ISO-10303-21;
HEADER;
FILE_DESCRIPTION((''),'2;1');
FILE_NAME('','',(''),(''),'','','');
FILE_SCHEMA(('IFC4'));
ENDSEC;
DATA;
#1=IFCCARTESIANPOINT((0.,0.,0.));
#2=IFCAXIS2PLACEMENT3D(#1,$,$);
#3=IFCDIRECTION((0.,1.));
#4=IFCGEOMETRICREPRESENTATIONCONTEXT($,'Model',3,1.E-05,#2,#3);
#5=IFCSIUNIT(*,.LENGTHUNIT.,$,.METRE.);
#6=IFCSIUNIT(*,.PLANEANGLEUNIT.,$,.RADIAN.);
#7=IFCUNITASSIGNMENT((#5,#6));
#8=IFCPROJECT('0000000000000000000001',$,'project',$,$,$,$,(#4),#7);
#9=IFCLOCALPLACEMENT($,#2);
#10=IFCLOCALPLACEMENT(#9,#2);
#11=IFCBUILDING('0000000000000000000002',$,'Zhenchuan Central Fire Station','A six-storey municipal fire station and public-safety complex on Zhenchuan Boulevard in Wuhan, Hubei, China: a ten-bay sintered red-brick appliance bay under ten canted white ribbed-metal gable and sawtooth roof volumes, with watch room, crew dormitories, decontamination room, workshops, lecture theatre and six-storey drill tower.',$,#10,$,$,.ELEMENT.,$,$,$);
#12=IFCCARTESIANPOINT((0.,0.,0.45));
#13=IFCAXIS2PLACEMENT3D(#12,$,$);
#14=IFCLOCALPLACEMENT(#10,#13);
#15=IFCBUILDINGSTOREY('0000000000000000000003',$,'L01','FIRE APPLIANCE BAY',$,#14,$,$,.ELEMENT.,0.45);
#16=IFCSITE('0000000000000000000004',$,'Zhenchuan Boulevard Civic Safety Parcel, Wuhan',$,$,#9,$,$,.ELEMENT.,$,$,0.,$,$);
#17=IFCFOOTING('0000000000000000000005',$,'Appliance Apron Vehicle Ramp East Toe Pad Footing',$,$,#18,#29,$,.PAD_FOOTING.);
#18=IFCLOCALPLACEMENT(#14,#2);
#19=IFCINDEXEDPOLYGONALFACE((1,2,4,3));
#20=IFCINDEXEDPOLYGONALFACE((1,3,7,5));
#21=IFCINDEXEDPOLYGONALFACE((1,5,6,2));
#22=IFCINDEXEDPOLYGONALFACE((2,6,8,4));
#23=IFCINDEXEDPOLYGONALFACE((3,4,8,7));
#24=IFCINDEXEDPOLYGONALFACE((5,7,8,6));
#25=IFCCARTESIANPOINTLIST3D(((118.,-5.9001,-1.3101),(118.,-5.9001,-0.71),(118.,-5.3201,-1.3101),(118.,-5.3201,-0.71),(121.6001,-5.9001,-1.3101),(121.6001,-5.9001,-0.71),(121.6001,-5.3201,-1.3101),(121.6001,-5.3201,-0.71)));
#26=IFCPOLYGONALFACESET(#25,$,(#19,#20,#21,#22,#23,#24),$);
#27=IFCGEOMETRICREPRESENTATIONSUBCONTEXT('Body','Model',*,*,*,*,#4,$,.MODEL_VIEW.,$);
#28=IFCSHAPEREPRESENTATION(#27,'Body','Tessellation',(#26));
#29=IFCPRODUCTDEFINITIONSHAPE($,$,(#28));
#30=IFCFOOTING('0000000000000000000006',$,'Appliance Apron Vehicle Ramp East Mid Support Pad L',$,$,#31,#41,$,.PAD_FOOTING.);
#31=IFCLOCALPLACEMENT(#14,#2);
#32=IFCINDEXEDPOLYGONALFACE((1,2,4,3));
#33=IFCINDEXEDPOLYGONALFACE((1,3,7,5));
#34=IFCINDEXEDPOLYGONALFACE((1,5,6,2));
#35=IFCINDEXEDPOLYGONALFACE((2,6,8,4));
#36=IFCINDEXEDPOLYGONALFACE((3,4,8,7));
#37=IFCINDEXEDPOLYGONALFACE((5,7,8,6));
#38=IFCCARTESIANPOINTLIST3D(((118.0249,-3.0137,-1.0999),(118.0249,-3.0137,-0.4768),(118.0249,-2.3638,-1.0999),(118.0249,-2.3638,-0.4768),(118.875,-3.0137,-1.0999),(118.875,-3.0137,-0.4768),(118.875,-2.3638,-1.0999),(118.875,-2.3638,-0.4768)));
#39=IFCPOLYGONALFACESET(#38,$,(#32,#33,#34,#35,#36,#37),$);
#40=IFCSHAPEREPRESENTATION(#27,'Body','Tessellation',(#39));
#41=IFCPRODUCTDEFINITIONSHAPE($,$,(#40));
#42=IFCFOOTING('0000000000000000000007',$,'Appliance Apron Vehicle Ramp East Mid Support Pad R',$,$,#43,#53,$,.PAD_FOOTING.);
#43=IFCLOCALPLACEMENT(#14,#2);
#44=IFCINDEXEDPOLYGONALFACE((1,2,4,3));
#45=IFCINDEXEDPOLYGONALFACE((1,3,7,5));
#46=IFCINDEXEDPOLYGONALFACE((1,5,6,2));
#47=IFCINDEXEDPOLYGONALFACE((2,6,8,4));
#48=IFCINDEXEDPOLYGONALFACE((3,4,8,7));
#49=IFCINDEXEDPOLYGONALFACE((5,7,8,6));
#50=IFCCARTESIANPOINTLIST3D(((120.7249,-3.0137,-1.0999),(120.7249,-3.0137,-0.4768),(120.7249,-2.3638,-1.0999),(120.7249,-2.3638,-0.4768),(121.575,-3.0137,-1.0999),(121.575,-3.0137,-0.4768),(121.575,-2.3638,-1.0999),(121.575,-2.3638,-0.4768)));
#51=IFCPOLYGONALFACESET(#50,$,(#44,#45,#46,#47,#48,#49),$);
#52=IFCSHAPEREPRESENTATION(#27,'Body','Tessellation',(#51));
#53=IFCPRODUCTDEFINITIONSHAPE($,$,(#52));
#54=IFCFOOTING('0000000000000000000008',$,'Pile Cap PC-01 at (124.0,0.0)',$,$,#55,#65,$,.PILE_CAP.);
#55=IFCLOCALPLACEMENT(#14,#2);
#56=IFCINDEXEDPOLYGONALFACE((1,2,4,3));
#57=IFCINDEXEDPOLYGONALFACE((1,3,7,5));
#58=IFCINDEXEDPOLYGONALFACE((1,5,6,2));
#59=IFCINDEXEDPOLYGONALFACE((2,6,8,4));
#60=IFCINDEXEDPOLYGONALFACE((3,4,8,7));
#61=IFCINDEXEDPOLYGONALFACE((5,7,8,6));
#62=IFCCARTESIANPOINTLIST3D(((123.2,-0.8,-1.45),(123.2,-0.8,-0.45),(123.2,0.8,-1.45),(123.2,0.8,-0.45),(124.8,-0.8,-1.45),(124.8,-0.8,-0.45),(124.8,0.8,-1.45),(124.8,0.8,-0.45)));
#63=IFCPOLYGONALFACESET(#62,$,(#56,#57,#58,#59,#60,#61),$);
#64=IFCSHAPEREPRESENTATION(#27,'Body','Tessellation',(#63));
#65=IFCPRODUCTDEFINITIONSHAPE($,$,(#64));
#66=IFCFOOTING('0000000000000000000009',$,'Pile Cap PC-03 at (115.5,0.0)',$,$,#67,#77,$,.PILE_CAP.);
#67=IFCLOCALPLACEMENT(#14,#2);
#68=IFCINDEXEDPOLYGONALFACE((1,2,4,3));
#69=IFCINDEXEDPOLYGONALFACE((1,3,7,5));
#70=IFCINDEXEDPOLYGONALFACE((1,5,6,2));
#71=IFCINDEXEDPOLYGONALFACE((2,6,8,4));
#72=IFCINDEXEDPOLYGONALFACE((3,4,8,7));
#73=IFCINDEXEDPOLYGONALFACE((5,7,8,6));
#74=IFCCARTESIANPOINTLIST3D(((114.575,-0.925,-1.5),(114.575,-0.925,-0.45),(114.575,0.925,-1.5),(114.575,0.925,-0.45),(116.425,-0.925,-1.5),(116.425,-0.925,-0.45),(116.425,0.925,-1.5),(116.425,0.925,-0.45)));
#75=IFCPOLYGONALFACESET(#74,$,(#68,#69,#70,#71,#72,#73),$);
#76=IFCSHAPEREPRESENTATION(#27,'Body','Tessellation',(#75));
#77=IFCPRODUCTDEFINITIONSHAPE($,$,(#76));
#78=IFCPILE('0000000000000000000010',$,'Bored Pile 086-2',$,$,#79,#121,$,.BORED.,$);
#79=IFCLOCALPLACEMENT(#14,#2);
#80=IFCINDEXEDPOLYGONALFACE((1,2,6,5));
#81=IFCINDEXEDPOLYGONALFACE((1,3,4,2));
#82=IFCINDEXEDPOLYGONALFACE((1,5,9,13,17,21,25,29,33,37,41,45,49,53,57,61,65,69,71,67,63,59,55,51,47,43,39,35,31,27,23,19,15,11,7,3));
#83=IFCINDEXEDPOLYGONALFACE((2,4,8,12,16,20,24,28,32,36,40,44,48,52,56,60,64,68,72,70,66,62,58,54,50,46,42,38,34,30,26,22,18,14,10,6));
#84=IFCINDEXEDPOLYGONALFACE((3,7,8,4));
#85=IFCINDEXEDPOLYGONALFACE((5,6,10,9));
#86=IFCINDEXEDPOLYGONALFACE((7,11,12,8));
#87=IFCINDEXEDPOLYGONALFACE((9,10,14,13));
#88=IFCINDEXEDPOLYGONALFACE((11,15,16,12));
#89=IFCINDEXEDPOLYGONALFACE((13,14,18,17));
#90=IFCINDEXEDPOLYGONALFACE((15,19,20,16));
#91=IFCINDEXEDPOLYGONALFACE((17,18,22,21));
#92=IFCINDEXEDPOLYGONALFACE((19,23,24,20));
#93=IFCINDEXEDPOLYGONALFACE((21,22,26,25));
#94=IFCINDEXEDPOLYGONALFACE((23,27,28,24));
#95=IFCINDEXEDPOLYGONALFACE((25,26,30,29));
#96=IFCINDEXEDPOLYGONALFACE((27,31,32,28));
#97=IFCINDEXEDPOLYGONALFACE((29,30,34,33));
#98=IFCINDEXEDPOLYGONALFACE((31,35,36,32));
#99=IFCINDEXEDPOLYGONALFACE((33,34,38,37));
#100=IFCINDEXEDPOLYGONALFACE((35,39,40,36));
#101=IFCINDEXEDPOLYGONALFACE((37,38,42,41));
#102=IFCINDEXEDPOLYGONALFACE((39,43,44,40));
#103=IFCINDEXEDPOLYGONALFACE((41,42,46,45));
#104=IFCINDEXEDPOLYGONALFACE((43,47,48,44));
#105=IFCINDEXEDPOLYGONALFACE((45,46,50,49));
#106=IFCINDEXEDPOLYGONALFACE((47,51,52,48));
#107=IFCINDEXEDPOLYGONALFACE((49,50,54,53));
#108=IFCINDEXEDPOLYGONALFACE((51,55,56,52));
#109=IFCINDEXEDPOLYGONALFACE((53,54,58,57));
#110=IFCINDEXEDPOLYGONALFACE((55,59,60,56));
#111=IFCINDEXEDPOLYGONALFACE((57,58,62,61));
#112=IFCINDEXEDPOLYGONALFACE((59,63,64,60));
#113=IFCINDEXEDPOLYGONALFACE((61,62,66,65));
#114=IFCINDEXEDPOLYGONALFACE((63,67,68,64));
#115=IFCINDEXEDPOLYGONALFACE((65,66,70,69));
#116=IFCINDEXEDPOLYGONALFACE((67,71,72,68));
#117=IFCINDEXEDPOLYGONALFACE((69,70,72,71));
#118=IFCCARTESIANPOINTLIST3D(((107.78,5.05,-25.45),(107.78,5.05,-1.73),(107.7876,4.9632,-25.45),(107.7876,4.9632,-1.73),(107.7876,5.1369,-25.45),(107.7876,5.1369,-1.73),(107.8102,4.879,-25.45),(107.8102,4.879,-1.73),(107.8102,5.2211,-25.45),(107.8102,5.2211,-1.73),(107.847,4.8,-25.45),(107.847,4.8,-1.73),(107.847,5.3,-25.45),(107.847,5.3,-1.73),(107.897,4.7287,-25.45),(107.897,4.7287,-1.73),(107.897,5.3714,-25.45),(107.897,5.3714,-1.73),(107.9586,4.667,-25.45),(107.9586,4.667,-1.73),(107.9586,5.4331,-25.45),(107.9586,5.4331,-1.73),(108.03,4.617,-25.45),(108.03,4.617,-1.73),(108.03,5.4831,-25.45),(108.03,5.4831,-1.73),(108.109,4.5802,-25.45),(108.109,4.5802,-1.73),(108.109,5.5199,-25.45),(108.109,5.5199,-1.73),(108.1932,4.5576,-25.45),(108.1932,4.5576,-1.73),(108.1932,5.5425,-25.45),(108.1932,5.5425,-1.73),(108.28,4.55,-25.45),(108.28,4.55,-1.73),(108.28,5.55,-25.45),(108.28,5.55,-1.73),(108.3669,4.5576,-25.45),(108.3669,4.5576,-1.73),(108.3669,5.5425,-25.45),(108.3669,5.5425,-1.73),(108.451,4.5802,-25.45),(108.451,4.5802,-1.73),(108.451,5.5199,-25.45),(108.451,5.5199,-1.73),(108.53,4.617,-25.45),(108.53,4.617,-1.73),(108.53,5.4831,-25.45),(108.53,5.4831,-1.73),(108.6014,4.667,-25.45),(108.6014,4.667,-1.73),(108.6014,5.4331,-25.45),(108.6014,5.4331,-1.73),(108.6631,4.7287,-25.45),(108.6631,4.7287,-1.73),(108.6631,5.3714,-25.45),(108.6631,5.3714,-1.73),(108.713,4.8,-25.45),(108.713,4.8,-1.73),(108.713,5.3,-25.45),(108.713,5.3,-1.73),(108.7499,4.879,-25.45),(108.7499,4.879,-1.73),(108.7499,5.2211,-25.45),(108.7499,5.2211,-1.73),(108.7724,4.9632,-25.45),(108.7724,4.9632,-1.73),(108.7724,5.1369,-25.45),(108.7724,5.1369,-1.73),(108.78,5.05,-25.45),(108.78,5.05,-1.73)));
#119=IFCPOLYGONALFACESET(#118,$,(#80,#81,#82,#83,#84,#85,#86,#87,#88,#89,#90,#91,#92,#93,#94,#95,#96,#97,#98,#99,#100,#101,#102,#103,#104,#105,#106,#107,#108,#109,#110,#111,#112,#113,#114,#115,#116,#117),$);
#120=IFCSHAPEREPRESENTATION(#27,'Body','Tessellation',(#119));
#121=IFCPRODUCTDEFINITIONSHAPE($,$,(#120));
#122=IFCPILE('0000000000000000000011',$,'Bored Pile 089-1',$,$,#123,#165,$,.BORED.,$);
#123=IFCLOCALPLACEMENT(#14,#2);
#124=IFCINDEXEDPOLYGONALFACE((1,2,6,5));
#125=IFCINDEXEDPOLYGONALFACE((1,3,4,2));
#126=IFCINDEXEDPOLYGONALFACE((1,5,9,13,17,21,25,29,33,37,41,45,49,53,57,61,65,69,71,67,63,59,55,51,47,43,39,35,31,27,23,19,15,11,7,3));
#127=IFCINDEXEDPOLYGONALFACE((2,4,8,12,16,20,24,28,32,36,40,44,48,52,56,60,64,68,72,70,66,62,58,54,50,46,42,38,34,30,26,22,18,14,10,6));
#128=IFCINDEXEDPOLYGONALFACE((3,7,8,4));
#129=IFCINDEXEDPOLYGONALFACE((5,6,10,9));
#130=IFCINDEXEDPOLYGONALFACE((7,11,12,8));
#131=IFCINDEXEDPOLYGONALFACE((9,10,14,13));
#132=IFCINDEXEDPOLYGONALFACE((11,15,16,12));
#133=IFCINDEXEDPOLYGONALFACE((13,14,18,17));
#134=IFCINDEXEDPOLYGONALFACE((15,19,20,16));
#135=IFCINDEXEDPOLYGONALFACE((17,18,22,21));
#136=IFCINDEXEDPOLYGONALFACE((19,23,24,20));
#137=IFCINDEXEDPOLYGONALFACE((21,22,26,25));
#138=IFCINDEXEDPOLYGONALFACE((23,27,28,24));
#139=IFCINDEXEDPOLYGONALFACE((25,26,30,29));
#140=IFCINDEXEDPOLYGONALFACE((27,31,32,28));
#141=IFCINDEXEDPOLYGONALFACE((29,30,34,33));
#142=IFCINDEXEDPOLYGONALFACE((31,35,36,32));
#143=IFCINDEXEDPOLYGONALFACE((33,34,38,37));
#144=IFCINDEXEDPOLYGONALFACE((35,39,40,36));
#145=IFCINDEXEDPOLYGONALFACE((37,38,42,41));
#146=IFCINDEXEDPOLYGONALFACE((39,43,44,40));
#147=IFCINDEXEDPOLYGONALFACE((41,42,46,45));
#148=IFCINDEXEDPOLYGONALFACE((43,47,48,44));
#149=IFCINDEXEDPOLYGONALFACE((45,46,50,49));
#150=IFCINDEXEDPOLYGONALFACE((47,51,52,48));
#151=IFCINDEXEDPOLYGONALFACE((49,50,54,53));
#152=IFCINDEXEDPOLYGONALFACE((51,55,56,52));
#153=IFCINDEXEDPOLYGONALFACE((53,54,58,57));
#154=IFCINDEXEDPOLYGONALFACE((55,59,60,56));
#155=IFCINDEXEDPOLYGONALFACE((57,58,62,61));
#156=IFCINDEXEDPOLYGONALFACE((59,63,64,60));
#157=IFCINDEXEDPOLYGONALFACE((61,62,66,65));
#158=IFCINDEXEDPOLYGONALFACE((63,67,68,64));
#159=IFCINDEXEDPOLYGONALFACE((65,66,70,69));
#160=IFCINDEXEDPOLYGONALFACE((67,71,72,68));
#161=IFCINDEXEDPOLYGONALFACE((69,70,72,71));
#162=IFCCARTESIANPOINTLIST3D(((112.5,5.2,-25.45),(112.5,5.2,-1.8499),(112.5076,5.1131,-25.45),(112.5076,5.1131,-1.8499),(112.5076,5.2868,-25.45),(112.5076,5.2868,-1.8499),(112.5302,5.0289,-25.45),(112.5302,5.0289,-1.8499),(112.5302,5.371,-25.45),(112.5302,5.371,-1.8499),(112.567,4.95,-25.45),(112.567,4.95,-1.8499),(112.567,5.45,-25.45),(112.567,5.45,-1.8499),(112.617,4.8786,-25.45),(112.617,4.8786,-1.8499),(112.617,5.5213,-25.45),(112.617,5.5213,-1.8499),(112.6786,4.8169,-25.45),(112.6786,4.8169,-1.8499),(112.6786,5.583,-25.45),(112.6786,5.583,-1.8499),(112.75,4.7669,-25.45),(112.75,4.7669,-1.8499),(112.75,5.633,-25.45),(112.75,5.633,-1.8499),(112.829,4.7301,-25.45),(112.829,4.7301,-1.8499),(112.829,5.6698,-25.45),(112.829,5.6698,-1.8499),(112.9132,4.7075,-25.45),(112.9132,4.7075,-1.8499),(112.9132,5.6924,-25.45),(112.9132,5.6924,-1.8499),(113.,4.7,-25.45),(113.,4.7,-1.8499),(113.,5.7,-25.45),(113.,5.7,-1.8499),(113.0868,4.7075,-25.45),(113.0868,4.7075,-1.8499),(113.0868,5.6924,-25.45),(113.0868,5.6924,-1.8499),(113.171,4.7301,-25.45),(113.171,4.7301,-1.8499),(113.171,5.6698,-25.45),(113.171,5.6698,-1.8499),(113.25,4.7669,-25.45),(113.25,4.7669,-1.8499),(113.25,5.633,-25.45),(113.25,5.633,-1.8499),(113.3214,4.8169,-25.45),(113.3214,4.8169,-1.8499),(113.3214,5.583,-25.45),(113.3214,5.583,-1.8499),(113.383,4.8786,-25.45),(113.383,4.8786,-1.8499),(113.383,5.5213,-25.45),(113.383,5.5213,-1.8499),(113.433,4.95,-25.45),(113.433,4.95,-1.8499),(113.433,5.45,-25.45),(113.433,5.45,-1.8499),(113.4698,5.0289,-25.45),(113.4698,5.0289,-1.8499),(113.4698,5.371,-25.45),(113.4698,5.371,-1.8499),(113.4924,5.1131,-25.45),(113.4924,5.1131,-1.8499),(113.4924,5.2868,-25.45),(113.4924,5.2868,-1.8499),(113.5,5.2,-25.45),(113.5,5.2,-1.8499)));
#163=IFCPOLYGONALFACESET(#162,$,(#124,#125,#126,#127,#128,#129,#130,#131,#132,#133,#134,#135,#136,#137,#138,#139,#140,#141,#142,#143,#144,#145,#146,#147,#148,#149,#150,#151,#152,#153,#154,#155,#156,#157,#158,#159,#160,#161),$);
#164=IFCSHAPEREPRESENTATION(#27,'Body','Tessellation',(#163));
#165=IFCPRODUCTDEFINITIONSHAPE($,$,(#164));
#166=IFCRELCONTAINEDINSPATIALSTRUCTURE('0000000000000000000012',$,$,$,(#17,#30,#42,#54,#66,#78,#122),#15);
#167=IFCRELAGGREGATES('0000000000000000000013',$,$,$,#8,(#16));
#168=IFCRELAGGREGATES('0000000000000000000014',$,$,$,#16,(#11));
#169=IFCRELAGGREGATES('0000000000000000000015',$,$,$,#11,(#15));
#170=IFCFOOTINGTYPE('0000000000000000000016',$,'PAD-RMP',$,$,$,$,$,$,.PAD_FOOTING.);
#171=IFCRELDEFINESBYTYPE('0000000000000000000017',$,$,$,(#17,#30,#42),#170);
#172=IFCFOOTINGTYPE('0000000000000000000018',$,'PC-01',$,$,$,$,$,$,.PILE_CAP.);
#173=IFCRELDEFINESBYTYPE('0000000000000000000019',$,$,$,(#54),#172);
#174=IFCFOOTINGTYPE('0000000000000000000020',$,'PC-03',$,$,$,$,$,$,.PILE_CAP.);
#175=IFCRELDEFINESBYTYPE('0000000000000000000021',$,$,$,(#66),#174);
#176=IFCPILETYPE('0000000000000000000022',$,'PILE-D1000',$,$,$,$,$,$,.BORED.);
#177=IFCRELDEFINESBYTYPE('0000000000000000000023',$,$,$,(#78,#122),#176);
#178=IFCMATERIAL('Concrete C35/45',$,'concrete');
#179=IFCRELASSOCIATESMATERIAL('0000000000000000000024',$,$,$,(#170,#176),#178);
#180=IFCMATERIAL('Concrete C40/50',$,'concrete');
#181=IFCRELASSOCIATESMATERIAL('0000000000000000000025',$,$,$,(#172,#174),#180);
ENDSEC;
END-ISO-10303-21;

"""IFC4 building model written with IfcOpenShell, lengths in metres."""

from ifc_helpers import new_model, si_unit, direction, frame, origin, origin_2d, place, context, subcontext, project, spatial, rectangle, circle, extrude, material, material_profile, profile_set, type_object, element, save


model = new_model("IFC4")

# Units and contexts
model_context = context("Model", 3, precision=1e-05, world=origin(), true_north=direction((0.0, 1.0)))
body_context = subcontext(model_context, "Body", "Model", "MODEL_VIEW")
ifc_project = project(units=[si_unit("LENGTHUNIT", "METRE"), si_unit("PLANEANGLEUNIT", "RADIAN")], contexts=[model_context])

# Site, building, storey
site_placement = place(None, origin())
site = spatial("IfcSite", under=ifc_project, at=site_placement, Name="Zhenchuan Boulevard Civic Safety Parcel, Wuhan", CompositionType="ELEMENT", RefElevation=0.0)
building_placement = place(site_placement, origin())
building = spatial("IfcBuilding", under=site, at=building_placement, Name="Zhenchuan Central Fire Station", Description="A six-storey municipal fire station and public-safety complex on Zhenchuan Boulevard in Wuhan, Hubei, China: a ten-bay sintered red-brick appliance bay under ten canted white ribbed-metal gable and sawtooth roof volumes, with watch room, crew dormitories, decontamination room, workshops, lecture theatre and six-storey drill tower.", CompositionType="ELEMENT")
storey_placement = place(building_placement, frame((0.0, 0.0, 0.45)))
storey = spatial("IfcBuildingStorey", under=building, at=storey_placement, Name="L01", Description="FIRE APPLIANCE BAY", CompositionType="ELEMENT", Elevation=0.45)

# Footings
ifc_material_1 = material(Name="Concrete C35/45", Category="concrete")
footing_type_1 = type_object("IfcFootingType", Name="PAD-RMP", PredefinedType="PAD_FOOTING", material=ifc_material_1)
footing_1_placement = place(storey_placement, frame((119.8, -5.6101, -1.3101), z_axis=(0.0, 0.0, 1.0), x_axis=(1.0, 0.0, 0.0)))
element("IfcFooting", 1, at=footing_1_placement, inside=storey, type_object=footing_type_1, Name="Appliance Apron Vehicle Ramp East Toe Pad Footing", PredefinedType="PAD_FOOTING", context=body_context, shape_type="SweptSolid", body=[
    extrude(rectangle(XDim=3.6001, YDim=0.5801, at=origin_2d()), origin(), (0.0, 0.0, 1.0), 0.6001),
])
for number, where, z_axis, x_axis, name in (
    (2, (118.45, -2.6887, -1.0999), (0.0, 0.0, 1.0), (1.0, 0.0, 0.0), "Appliance Apron Vehicle Ramp East Mid Support Pad L"),
    (3, (121.1499, -2.6887, -1.0999), (0.0, 0.0, 1.0), (1.0, 0.0, 0.0), "Appliance Apron Vehicle Ramp East Mid Support Pad R"),
):
    element("IfcFooting", number, at=place(storey_placement, frame(where, z_axis=z_axis, x_axis=x_axis)), inside=storey, type_object=footing_type_1, Name=name, PredefinedType="PAD_FOOTING", context=body_context, shape_type="SweptSolid", body=[
        extrude(rectangle(XDim=0.8501, YDim=0.6499, at=origin_2d()), origin(), (0.0, 0.0, 1.0), 0.623),
    ])
ifc_material_2 = material(Name="Concrete C40/50", Category="concrete")
footing_type_2 = type_object("IfcFootingType", Name="PC-01", PredefinedType="PILE_CAP", material=ifc_material_2)
footing_2_placement = place(storey_placement, frame((124.0, 0.0, -1.45), z_axis=(0.0, 0.0, 1.0), x_axis=(1.0, 0.0, 0.0)))
element("IfcFooting", 4, at=footing_2_placement, inside=storey, type_object=footing_type_2, Name="Pile Cap PC-01 at (124.0,0.0)", PredefinedType="PILE_CAP", context=body_context, shape_type="SweptSolid", body=[
    extrude(rectangle(XDim=1.6001, YDim=1.6001, at=origin_2d()), origin(), (0.0, 0.0, 1.0), 1.0),
])
footing_type_3 = type_object("IfcFootingType", Name="PC-03", PredefinedType="PILE_CAP", material=ifc_material_2)
footing_3_placement = place(storey_placement, frame((115.5, 0.0, -1.5), z_axis=(0.0, 0.0, 1.0), x_axis=(1.0, 0.0, 0.0)))
element("IfcFooting", 5, at=footing_3_placement, inside=storey, type_object=footing_type_3, Name="Pile Cap PC-03 at (115.5,0.0)", PredefinedType="PILE_CAP", context=body_context, shape_type="SweptSolid", body=[
    extrude(rectangle(XDim=1.8501, YDim=1.8501, at=origin_2d()), origin(), (0.0, 0.0, 1.0), 1.05),
])

# Piles
ifc_material_profile_1 = material_profile(ifc_material_1, circle(Radius=0.5, at=origin_2d()), Name="PILE D1000")
ifc_profile_set_1 = profile_set([ifc_material_profile_1], Name="Concrete C35/45")
pile_type_1 = type_object("IfcPileType", Name="PILE-D1000", PredefinedType="BORED", material=ifc_profile_set_1)
pile_1_placement = place(storey_placement, frame((108.28, 5.05, -1.73), z_axis=(0.0, 0.0, -1.0), x_axis=(1.0, 0.0, 0.0)))
element("IfcPile", 6, at=pile_1_placement, inside=storey, type_object=pile_type_1, Name="Bored Pile 086-2", PredefinedType="BORED", context=body_context, shape_type="SweptSolid", body=[
    extrude(circle(Radius=0.5, at=origin_2d()), origin(), (0.0, 0.0, 1.0), 23.72),
])
for number, where, z_axis, x_axis, name in (
    (7, (113.0, 5.2, -1.8499), (0.0, 0.0, -1.0), (1.0, 0.0, 0.0), "Bored Pile 089-1"),
):
    element("IfcPile", number, at=place(storey_placement, frame(where, z_axis=z_axis, x_axis=x_axis)), inside=storey, type_object=pile_type_1, Name=name, PredefinedType="BORED", context=body_context, shape_type="SweptSolid", body=[
        extrude(circle(Radius=0.5, at=origin_2d()), origin(), (0.0, 0.0, 1.0), 23.6001),
    ])

save(model, "model.ifc")
